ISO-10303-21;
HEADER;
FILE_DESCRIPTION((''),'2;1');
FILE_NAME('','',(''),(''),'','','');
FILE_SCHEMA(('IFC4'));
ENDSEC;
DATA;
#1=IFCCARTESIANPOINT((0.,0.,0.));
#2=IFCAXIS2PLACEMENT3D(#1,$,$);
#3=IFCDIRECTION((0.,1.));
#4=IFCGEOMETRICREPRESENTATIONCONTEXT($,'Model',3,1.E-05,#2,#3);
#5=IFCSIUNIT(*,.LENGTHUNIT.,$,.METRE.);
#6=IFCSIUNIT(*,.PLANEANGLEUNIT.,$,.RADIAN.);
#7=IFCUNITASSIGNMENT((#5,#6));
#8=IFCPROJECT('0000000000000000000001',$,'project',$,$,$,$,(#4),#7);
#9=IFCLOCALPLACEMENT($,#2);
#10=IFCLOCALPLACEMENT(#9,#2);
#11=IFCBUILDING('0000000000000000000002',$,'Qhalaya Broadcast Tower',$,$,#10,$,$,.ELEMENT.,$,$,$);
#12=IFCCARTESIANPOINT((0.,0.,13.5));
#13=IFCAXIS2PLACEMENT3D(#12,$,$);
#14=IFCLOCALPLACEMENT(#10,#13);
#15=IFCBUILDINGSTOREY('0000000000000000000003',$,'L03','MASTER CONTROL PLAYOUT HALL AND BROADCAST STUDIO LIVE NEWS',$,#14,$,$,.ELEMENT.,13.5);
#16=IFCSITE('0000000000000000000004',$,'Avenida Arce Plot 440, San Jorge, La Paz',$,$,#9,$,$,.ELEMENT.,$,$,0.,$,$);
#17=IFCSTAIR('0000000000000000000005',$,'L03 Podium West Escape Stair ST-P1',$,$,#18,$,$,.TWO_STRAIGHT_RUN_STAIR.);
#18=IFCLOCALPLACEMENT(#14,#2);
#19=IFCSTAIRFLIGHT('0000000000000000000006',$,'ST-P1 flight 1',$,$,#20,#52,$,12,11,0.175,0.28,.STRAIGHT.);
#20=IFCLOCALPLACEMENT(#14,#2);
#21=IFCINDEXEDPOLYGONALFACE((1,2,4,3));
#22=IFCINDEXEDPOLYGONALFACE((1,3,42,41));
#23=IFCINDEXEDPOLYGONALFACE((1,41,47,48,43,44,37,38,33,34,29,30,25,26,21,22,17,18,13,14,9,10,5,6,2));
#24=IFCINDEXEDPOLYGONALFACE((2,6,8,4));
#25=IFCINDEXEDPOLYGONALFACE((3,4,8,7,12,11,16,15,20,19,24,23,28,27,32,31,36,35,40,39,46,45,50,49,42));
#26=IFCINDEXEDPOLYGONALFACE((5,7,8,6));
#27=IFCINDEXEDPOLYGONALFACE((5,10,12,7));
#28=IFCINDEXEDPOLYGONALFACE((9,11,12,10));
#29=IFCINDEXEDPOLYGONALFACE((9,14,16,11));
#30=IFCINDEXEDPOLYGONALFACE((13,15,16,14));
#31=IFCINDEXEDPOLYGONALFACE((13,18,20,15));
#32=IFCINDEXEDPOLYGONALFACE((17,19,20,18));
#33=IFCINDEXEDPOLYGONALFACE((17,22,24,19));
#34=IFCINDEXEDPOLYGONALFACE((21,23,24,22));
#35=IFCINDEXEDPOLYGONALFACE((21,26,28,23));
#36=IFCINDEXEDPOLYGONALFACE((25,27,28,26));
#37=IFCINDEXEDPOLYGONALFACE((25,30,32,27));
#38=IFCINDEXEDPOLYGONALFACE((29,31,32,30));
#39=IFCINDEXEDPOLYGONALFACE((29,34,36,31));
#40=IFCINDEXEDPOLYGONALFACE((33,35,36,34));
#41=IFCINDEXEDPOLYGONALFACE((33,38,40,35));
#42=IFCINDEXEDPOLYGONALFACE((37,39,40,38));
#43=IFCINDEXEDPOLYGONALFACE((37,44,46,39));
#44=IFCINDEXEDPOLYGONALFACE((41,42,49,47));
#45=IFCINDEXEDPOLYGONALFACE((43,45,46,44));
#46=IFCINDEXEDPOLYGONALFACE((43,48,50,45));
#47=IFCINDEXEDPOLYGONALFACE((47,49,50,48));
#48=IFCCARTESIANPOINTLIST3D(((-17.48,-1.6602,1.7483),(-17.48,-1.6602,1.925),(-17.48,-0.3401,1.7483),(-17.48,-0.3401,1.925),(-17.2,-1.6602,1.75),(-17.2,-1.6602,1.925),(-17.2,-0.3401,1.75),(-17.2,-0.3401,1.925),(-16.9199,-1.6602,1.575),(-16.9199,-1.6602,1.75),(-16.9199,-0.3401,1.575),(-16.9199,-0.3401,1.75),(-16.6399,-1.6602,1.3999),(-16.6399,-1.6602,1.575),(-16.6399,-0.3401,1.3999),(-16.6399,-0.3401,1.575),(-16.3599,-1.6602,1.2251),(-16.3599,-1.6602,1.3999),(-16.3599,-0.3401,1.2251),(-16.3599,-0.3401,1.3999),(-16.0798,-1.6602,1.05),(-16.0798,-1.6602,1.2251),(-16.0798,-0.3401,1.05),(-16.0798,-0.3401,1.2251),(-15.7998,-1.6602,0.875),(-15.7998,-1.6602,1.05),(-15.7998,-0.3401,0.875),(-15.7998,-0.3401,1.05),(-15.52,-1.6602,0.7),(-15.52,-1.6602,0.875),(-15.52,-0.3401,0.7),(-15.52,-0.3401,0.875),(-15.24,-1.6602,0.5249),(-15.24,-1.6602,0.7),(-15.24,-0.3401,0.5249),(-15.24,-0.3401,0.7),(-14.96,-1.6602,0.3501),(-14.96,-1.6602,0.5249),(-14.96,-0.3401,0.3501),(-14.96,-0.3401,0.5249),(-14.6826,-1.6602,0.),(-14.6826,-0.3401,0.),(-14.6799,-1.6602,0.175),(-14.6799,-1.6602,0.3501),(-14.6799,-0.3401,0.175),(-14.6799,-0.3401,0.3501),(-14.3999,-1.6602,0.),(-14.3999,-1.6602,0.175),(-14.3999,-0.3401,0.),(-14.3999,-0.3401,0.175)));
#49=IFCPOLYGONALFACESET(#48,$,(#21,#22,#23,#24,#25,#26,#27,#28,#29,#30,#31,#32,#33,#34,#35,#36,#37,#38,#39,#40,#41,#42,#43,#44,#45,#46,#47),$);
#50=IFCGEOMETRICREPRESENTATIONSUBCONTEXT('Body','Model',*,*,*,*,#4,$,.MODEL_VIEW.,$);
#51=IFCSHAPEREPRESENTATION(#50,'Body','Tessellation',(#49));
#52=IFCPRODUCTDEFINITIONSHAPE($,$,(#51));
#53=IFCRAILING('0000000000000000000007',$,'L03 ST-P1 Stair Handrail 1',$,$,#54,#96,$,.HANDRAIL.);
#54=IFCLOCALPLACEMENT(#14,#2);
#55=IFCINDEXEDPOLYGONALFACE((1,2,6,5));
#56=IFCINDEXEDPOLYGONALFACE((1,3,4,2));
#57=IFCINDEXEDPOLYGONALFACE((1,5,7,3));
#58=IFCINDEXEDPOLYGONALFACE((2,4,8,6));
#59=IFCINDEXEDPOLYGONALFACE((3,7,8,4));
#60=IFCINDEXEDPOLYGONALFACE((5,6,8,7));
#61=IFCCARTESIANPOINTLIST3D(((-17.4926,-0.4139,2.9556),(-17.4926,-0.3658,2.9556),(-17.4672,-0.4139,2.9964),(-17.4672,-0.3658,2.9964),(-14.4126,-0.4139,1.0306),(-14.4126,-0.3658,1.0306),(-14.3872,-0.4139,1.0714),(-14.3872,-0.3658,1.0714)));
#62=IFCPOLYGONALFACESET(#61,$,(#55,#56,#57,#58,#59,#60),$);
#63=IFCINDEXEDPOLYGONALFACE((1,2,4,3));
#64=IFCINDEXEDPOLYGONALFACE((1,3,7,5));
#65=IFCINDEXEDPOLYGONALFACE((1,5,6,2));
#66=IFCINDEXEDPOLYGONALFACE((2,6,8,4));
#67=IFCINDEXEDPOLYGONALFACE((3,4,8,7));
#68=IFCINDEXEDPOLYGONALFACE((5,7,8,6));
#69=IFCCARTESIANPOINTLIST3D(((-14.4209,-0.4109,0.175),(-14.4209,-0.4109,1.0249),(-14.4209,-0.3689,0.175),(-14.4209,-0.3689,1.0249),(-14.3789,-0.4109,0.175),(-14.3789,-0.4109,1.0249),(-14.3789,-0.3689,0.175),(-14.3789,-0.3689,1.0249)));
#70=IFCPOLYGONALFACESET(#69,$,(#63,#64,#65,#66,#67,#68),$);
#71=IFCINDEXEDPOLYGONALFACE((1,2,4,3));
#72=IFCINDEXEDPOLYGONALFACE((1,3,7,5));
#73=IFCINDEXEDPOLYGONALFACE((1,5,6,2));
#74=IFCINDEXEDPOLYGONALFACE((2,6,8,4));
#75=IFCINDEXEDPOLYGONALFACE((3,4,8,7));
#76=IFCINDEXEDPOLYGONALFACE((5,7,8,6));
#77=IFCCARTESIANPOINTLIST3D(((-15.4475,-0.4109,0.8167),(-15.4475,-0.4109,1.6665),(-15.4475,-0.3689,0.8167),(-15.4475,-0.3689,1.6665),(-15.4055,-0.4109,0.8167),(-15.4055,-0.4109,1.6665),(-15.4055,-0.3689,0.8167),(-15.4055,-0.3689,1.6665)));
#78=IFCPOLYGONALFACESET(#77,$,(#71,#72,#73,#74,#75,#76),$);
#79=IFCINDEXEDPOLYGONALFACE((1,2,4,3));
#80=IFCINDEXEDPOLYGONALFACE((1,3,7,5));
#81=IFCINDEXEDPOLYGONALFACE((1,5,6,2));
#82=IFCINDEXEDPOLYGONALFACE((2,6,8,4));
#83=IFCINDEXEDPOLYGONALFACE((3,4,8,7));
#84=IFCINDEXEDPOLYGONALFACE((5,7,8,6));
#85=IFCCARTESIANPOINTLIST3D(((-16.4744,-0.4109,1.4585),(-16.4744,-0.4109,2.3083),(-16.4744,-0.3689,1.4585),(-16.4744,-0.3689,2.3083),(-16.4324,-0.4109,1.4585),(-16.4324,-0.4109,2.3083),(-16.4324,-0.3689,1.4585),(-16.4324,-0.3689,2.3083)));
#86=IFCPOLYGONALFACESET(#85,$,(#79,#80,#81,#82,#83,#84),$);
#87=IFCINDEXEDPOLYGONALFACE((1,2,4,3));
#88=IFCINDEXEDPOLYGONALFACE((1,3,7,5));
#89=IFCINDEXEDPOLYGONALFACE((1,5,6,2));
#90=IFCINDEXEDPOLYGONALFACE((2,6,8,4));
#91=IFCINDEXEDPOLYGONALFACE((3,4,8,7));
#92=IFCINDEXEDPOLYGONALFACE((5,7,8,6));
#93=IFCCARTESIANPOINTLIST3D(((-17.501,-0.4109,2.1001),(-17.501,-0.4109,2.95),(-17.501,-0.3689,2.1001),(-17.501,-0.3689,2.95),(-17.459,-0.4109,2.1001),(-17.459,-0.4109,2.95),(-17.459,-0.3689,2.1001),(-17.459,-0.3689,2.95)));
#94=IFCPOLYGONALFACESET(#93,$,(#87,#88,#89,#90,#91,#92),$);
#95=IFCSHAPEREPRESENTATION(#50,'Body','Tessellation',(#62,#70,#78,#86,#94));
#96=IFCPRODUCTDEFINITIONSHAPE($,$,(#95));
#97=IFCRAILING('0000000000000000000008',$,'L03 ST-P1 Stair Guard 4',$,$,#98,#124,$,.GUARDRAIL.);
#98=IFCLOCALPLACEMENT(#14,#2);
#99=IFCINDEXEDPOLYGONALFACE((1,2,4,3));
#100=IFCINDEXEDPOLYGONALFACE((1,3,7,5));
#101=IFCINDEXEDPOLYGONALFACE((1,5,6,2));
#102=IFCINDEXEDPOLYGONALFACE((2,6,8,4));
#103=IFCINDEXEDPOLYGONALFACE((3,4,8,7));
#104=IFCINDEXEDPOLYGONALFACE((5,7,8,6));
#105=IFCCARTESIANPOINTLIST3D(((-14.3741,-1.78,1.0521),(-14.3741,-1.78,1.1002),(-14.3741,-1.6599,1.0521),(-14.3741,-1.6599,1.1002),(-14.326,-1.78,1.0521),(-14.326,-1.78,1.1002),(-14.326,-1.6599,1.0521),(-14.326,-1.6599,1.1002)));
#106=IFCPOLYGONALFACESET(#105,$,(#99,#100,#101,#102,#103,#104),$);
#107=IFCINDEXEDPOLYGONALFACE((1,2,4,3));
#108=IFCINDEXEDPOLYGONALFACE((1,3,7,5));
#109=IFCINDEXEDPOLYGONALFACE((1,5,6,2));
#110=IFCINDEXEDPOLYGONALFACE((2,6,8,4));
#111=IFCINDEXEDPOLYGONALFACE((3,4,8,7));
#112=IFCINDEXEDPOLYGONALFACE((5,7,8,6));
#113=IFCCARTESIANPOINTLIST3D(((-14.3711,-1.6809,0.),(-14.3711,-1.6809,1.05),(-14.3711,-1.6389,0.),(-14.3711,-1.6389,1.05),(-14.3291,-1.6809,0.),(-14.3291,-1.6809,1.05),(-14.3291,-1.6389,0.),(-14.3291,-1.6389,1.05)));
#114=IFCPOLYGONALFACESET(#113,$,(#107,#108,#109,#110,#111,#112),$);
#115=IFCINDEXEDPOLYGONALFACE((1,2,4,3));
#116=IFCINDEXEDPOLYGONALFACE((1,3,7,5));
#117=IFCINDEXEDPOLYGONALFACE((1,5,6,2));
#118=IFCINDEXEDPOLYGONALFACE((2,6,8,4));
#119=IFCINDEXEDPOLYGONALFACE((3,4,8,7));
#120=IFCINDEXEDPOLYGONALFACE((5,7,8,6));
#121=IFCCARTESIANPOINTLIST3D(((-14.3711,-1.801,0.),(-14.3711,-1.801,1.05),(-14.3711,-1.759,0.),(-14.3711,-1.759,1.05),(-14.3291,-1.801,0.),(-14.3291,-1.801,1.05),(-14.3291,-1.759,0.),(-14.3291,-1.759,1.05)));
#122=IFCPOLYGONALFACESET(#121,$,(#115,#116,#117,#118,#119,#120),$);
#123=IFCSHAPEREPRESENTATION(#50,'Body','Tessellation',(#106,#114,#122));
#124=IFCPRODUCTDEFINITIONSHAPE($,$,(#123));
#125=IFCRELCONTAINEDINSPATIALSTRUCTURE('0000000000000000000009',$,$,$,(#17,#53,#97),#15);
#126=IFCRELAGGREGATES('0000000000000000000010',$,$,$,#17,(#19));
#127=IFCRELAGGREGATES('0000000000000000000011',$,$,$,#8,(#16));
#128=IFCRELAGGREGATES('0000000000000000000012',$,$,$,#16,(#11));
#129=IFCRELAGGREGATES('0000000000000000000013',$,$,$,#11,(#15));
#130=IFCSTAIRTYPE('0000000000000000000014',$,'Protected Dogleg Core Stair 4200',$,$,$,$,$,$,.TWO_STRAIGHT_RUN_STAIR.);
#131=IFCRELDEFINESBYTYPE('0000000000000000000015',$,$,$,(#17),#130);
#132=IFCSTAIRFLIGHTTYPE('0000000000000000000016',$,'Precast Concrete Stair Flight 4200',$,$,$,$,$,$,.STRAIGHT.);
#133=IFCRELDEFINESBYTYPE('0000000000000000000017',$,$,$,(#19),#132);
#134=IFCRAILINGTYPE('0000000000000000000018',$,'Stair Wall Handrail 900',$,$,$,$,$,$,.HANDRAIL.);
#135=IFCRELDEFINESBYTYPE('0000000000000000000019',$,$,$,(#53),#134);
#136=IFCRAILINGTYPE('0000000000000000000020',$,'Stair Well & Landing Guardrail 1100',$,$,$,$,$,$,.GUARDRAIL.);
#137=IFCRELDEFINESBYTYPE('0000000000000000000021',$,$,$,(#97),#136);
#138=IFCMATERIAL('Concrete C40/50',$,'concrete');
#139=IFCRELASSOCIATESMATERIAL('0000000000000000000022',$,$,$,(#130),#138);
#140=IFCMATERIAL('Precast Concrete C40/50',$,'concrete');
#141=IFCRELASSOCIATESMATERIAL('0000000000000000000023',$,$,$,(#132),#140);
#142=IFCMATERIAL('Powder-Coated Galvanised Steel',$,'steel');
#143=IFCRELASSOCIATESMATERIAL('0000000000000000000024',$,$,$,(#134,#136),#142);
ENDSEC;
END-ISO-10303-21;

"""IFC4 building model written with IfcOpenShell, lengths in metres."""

from ifc_helpers import new_model, si_unit, direction, frame, origin, origin_2d, place, context, subcontext, project, spatial, polyline, rectangle, outline, extrude, material, type_object, element, aggregate, save


model = new_model("IFC4")

# Units and contexts
model_context = context("Model", 3, precision=1e-05, world=origin(), true_north=direction((0.0, 1.0)))
body_context = subcontext(model_context, "Body", "Model", "MODEL_VIEW")
ifc_project = project(units=[si_unit("LENGTHUNIT", "METRE"), si_unit("PLANEANGLEUNIT", "RADIAN")], contexts=[model_context])

# Site, building, storey
site_placement = place(None, origin())
site = spatial("IfcSite", under=ifc_project, at=site_placement, Name="Avenida Arce Plot 440, San Jorge, La Paz", CompositionType="ELEMENT", RefElevation=0.0)
building_placement = place(site_placement, origin())
building = spatial("IfcBuilding", under=site, at=building_placement, Name="Qhalaya Broadcast Tower", CompositionType="ELEMENT")
storey_placement = place(building_placement, frame((0.0, 0.0, 13.5)))
storey = spatial("IfcBuildingStorey", under=building, at=storey_placement, Name="L03", Description="MASTER CONTROL PLAYOUT HALL AND BROADCAST STUDIO LIVE NEWS", CompositionType="ELEMENT", Elevation=13.5)

# Stair, stair flight
ifc_material_1 = material(Name="Concrete C40/50", Category="concrete")
stair_type = type_object("IfcStairType", Name="Protected Dogleg Core Stair 4200", PredefinedType="TWO_STRAIGHT_RUN_STAIR", material=ifc_material_1)
stair_placement = place(storey_placement, origin())
stair = element("IfcStair", 1, at=stair_placement, inside=storey, type_object=stair_type, Name="L03 Podium West Escape Stair ST-P1", PredefinedType="TWO_STRAIGHT_RUN_STAIR")
ifc_material_2 = material(Name="Precast Concrete C40/50", Category="concrete")
stair_flight_type = type_object("IfcStairFlightType", Name="Precast Concrete Stair Flight 4200", PredefinedType="STRAIGHT", material=ifc_material_2)
stair_flight_placement = place(storey_placement, frame((-14.3999, -1.0, 0.0), z_axis=(0.0, 0.0, 1.0), x_axis=(-1.0, 0.0, 0.0)))
stair_flight = element("IfcStairFlight", 2, at=stair_flight_placement, type_object=stair_flight_type, Name="ST-P1 flight 1", NumberOfRisers=12, NumberOfTreads=11, PredefinedType="STRAIGHT", RiserHeight=0.175, TreadLength=0.28, context=body_context, shape_type="SweptSolid", body=[
    extrude(outline(polyline([(0.0, 0.0), (0.0, 0.175), (0.28, 0.175), (0.28, 0.3501), (0.5601, 0.3501), (0.5601, 0.5249), (0.8401, 0.5249), (0.8401, 0.7), (1.1201, 0.7), (1.1201, 0.875), (1.3999, 0.875), (1.3999, 1.05), (1.6799, 1.05), (1.6799, 1.2251), (1.96, 1.2251), (1.96, 1.3999), (2.24, 1.3999), (2.24, 1.575), (2.52, 1.575), (2.52, 1.75), (2.8, 1.75), (2.8, 1.925), (3.0801, 1.925), (3.0801, 2.1001), (3.0801, 1.7483), (0.2827, 0.0), (0.0, 0.0)])), frame((0.0, 0.6602, 0.0), z_axis=(0.0, -1.0, 0.0), x_axis=(1.0, 0.0, 0.0)), (0.0, 0.0, 1.0), 1.3201),
])
aggregate(stair, [stair_flight])

# Railings
ifc_material_3 = material(Name="Powder-Coated Galvanised Steel", Category="steel")
railing_type_1 = type_object("IfcRailingType", Name="Stair Wall Handrail 900", PredefinedType="HANDRAIL", material=ifc_material_3)
railing_1_placement = place(storey_placement, frame((-14.3999, -0.3899, 0.175)))
element("IfcRailing", 3, at=railing_1_placement, inside=storey, type_object=railing_type_1, Name="L03 ST-P1 Stair Handrail 1", PredefinedType="HANDRAIL", context=body_context, shape_type="SweptSolid", body=[
    extrude(rectangle(XDim=0.0481, YDim=0.0481, at=origin_2d()), frame((0.0, 0.0, 0.876), z_axis=(-0.847998, 0.0, 0.529999), x_axis=(0.0, -1.0, 0.0)), (0.0, 0.0, 1.0), 3.6321),
    extrude(rectangle(XDim=0.042, YDim=0.042, at=origin_2d()), origin(), (0.0, 0.0, 1.0), 0.8499),
    extrude(rectangle(XDim=0.042, YDim=0.042, at=origin_2d()), frame((-1.0266, 0.0, 0.6416)), (0.0, 0.0, 1.0), 0.8499),
    extrude(rectangle(XDim=0.042, YDim=0.042, at=origin_2d()), frame((-2.0535, 0.0, 1.2834)), (0.0, 0.0, 1.0), 0.8499),
    extrude(rectangle(XDim=0.042, YDim=0.042, at=origin_2d()), frame((-3.0801, 0.0, 1.925)), (0.0, 0.0, 1.0), 0.8499),
])
railing_type_2 = type_object("IfcRailingType", Name="Stair Well & Landing Guardrail 1100", PredefinedType="GUARDRAIL", material=ifc_material_3)
railing_2_placement = place(storey_placement, frame((-14.3501, -1.6599, 0.0)))
element("IfcRailing", 4, at=railing_2_placement, inside=storey, type_object=railing_type_2, Name="L03 ST-P1 Stair Guard 4", PredefinedType="GUARDRAIL", context=body_context, shape_type="SweptSolid", body=[
    extrude(rectangle(XDim=0.0481, YDim=0.0481, at=origin_2d()), frame((0.0, 0.0, 1.0762), z_axis=(0.0, -1.0, 0.0), x_axis=(1.0, 0.0, 0.0)), (0.0, 0.0, 1.0), 0.1201),
    extrude(rectangle(XDim=0.042, YDim=0.042, at=origin_2d()), origin(), (0.0, 0.0, 1.0), 1.05),
    extrude(rectangle(XDim=0.042, YDim=0.042, at=origin_2d()), frame((0.0, -0.1201, 0.0)), (0.0, 0.0, 1.0), 1.05),
])

save(model, "model.ifc")
